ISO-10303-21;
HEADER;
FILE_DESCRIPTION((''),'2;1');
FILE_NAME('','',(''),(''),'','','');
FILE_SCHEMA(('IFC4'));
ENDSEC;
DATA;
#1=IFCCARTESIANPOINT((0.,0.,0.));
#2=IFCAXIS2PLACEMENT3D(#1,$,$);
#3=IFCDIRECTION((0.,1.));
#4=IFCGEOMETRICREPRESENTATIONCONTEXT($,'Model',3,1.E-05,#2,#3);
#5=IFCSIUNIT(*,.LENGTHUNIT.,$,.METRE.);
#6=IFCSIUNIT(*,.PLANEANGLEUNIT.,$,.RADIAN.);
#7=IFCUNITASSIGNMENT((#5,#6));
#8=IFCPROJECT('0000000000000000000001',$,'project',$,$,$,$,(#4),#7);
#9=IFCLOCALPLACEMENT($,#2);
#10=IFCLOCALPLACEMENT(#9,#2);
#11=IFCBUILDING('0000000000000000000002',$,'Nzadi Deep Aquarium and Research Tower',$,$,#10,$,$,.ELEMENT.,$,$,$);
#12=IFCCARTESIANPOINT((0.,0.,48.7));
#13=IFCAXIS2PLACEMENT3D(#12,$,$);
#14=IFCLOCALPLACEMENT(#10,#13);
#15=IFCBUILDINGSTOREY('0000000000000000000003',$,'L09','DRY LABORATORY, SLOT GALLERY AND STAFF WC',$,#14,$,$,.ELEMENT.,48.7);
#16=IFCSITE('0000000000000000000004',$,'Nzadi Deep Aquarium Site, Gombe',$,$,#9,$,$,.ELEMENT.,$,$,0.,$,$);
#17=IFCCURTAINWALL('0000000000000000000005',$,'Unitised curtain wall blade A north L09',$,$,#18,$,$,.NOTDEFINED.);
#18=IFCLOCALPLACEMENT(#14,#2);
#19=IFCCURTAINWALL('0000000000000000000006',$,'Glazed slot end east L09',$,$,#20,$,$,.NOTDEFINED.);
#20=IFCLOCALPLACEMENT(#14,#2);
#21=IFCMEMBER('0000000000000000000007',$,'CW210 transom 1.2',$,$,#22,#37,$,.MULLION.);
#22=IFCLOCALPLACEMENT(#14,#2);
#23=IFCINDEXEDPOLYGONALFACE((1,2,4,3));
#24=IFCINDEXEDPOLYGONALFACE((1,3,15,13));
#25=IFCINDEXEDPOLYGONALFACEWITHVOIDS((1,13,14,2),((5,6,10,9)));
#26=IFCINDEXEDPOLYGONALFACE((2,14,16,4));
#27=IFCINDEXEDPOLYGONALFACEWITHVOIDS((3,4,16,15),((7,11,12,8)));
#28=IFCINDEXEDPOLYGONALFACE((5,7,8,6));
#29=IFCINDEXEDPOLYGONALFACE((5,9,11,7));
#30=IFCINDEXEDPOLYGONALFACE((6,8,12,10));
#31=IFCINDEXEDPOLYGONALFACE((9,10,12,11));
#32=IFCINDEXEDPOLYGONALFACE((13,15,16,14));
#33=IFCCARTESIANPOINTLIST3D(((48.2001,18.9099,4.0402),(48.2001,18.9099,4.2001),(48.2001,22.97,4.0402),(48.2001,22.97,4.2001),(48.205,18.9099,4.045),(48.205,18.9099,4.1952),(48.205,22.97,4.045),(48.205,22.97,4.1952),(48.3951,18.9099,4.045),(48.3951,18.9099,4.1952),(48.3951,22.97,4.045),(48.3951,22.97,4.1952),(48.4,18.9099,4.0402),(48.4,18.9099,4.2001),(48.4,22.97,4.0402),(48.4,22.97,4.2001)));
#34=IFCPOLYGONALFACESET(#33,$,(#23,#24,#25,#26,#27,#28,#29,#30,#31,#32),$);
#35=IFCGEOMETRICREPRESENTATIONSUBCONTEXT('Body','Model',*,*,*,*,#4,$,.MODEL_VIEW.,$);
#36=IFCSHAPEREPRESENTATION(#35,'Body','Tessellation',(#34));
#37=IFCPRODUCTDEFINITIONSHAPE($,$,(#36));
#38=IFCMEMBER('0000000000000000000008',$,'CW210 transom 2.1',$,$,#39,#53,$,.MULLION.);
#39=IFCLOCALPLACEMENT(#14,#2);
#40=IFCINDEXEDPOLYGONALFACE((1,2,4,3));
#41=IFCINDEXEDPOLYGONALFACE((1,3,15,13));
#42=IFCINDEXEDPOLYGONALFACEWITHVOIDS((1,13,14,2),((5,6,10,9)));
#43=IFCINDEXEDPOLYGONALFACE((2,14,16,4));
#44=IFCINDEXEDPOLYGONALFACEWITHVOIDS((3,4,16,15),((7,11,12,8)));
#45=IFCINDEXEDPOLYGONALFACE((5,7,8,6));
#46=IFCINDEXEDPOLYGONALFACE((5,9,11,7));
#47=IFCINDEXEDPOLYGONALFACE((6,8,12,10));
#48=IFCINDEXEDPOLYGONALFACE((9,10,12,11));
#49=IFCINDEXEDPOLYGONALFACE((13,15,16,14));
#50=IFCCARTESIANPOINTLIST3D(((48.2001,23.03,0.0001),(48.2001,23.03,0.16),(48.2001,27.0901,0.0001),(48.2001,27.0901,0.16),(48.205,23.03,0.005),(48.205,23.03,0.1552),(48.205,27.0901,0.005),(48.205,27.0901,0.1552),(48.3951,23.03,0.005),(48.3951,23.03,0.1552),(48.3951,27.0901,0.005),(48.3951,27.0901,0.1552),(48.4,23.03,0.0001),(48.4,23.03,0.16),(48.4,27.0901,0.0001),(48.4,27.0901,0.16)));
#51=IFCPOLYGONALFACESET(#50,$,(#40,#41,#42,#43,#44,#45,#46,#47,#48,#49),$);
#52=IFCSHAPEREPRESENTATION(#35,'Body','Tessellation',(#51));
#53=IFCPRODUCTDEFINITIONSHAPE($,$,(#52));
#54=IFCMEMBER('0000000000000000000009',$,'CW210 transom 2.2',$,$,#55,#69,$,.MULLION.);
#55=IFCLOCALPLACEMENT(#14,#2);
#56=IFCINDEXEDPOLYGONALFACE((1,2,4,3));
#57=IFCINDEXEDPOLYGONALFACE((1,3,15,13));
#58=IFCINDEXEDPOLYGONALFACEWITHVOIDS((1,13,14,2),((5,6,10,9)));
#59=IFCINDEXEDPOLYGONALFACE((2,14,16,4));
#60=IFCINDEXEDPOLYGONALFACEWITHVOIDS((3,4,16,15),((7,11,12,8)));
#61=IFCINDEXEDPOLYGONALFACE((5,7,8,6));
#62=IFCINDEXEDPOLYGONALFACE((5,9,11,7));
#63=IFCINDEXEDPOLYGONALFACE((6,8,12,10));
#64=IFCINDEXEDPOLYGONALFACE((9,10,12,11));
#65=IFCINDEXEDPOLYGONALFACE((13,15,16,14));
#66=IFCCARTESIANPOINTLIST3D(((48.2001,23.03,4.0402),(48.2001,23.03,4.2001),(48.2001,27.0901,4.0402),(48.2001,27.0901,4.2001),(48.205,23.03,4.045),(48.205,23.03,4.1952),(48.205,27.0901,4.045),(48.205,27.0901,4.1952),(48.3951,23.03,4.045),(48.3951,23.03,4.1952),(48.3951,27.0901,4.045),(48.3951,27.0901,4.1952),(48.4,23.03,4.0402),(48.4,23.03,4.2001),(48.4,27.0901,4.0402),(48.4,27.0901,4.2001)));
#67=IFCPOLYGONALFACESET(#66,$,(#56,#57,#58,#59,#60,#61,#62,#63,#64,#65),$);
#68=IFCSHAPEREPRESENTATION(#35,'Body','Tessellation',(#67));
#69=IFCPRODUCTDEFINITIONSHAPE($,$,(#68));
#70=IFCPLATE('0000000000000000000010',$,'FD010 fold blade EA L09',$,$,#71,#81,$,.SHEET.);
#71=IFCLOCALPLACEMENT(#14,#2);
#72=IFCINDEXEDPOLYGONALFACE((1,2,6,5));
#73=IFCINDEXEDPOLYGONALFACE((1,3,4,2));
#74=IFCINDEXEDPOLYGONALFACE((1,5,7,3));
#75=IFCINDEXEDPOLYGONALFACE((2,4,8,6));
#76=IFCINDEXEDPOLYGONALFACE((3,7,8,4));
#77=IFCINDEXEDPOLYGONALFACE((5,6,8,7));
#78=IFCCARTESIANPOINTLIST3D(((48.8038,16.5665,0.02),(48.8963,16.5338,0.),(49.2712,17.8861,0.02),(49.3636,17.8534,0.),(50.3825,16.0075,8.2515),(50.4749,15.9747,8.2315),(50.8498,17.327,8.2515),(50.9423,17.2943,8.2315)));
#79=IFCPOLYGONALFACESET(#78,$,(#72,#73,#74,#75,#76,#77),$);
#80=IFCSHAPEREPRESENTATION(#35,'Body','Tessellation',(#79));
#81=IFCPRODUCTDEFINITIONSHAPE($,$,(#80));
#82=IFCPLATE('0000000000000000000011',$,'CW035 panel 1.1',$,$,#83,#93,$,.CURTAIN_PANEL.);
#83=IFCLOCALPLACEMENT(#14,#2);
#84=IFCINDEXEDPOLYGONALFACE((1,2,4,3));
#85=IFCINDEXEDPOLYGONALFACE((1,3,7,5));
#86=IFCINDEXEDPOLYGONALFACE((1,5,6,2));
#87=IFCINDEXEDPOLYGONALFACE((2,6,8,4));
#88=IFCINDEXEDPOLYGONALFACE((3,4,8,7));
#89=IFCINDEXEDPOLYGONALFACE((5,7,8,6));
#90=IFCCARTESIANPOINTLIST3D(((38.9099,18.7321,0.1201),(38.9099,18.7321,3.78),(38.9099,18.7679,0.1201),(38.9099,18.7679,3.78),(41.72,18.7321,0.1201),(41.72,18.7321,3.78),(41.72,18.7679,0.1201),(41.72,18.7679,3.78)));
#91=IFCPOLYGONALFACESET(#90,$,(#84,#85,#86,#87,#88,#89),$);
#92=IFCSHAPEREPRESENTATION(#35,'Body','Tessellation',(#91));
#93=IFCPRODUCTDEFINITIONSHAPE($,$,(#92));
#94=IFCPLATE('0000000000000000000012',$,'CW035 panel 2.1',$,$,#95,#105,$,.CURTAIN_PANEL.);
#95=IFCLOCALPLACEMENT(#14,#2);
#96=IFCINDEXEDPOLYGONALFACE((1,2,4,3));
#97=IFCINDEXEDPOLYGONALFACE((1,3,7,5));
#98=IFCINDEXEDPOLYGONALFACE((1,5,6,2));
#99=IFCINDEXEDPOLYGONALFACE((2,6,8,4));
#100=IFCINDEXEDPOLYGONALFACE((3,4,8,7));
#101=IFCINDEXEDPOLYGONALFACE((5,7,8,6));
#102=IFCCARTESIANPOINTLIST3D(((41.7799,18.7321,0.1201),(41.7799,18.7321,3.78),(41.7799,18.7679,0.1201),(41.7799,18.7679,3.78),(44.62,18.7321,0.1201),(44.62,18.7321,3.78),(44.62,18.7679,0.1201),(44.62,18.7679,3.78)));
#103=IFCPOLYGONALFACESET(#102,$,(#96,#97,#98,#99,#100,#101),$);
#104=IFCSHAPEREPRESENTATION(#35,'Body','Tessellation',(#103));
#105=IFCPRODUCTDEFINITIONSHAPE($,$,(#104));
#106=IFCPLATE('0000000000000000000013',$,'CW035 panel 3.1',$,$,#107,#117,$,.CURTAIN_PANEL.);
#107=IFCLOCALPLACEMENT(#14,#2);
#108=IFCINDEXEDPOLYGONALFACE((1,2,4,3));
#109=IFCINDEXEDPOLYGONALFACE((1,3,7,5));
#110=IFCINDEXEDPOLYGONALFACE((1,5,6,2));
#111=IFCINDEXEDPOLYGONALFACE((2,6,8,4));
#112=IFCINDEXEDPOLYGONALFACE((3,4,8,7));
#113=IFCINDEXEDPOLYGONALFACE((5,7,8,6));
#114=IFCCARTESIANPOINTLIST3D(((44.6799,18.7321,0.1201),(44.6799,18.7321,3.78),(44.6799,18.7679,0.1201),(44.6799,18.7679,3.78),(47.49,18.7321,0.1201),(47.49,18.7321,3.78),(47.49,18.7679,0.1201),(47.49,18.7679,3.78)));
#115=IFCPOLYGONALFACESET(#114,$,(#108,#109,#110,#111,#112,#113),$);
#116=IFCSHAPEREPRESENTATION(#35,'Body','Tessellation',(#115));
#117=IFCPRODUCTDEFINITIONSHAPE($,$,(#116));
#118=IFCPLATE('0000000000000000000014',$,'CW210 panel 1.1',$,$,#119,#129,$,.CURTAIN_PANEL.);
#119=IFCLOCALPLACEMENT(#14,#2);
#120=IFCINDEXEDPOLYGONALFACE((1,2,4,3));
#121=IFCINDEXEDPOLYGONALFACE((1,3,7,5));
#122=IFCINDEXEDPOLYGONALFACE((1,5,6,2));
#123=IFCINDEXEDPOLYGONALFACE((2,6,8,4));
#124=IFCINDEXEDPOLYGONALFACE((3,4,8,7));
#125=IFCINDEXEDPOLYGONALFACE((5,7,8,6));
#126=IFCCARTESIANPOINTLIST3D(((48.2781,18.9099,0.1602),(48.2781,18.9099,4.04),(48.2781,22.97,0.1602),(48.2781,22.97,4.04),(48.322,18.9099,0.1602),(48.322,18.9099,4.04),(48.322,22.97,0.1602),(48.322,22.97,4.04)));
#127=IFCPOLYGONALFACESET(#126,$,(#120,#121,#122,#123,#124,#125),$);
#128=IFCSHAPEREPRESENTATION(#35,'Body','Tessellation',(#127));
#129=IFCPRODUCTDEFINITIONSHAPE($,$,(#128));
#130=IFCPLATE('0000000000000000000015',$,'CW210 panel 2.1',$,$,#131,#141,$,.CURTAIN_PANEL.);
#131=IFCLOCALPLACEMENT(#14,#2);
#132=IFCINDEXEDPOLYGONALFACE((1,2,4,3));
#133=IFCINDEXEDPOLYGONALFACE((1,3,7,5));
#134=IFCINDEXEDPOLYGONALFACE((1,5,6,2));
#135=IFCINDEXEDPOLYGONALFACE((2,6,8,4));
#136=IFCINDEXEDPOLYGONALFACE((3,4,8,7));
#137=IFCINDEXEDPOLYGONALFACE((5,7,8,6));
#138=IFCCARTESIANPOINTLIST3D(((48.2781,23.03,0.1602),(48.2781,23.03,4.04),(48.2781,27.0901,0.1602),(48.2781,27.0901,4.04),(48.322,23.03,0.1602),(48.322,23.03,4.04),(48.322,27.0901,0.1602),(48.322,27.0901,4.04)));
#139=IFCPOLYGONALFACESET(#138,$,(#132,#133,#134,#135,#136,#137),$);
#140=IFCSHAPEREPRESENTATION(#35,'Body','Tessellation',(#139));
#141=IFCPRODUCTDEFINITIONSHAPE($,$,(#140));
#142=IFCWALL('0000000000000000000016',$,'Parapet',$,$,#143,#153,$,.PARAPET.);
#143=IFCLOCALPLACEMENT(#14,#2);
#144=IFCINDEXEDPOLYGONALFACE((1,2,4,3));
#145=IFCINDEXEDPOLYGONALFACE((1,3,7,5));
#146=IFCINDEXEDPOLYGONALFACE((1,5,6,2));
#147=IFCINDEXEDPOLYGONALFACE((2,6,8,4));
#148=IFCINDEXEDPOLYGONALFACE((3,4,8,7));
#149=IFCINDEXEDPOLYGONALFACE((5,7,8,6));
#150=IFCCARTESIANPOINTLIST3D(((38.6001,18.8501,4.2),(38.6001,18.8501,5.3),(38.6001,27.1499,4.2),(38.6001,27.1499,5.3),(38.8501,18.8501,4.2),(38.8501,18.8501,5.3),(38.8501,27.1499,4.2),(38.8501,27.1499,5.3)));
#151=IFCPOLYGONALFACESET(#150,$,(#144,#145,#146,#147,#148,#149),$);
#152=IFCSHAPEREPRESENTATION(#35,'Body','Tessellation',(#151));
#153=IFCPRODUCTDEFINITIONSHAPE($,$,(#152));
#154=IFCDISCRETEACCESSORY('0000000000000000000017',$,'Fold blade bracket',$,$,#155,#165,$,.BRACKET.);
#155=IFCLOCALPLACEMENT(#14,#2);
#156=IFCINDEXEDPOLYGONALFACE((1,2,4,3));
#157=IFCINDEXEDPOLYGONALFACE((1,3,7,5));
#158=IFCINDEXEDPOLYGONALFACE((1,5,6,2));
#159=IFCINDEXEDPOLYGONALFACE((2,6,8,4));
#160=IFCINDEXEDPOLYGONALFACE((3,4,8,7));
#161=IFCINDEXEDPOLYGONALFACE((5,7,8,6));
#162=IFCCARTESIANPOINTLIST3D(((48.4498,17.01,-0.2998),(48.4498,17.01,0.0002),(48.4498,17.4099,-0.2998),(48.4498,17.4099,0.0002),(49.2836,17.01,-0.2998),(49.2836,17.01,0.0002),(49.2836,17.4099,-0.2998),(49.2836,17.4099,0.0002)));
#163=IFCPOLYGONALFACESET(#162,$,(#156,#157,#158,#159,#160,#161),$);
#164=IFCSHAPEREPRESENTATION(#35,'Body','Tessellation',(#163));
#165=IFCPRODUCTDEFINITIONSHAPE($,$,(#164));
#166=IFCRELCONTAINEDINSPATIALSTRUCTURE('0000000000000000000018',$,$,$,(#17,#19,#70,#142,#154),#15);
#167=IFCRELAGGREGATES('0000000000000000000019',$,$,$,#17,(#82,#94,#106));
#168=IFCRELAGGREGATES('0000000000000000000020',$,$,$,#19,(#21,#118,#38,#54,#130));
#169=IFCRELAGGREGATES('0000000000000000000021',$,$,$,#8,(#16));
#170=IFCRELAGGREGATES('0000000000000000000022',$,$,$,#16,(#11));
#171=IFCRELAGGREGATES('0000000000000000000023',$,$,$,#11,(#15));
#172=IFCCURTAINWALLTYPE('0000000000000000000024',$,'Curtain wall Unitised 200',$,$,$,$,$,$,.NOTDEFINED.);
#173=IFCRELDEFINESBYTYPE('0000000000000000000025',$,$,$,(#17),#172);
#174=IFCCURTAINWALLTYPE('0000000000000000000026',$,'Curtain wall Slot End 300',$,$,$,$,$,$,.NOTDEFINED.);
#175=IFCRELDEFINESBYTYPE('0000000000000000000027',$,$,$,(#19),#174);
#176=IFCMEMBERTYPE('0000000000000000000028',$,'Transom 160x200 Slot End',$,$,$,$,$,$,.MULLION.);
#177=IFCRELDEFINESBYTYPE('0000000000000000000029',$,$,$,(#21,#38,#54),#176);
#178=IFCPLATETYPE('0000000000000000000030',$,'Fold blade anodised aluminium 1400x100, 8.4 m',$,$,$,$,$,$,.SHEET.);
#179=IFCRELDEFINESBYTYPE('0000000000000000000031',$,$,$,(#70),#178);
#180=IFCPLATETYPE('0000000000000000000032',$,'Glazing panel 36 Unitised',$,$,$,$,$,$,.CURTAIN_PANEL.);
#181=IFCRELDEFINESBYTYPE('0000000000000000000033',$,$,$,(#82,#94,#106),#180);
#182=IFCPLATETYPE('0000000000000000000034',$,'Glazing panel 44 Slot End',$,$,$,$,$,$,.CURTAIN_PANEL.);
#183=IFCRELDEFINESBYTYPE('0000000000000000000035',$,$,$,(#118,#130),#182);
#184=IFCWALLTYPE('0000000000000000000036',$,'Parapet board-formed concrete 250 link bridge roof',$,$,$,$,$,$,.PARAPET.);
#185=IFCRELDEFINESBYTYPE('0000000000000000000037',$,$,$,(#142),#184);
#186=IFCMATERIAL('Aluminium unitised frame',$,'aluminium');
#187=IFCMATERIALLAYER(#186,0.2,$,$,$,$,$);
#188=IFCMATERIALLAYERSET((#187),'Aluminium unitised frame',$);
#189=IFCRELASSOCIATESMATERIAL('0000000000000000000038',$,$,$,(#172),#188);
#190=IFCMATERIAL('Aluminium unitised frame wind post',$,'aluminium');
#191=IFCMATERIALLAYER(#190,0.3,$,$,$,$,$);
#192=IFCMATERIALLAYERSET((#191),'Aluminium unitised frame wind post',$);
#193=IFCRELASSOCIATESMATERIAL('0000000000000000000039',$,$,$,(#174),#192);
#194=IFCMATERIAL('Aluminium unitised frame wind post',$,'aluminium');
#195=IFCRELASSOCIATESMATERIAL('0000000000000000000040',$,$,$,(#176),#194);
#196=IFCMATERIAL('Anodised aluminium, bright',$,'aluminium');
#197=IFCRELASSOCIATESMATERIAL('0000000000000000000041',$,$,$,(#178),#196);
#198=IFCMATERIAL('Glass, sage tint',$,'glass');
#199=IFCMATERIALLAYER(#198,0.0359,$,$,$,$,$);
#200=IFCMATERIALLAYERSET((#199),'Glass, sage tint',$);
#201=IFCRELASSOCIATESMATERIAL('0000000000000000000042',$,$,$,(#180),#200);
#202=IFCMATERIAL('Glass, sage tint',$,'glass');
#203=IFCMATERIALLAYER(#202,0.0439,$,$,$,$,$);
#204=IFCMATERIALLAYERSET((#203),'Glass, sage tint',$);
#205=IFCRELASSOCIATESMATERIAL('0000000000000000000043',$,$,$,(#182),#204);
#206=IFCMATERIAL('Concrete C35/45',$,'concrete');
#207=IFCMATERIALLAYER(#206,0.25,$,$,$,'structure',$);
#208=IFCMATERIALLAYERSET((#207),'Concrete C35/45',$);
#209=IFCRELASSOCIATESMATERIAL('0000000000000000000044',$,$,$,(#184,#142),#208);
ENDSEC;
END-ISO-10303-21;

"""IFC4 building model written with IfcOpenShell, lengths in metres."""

from ifc_helpers import new_model, si_unit, direction, frame, frame_2d, origin, origin_2d, place, context, subcontext, project, spatial, rectangle, hollow_rectangle, extrude, material, layer, layer_set, layer_usage, material_profile, profile_set, type_object, element, aggregate, save


model = new_model("IFC4")

# Units and contexts
model_context = context("Model", 3, precision=1e-05, world=origin(), true_north=direction((0.0, 1.0)))
body_context = subcontext(model_context, "Body", "Model", "MODEL_VIEW")
ifc_project = project(units=[si_unit("LENGTHUNIT", "METRE"), si_unit("PLANEANGLEUNIT", "RADIAN")], contexts=[model_context])

# Site, building, storey
site_placement = place(None, origin())
site = spatial("IfcSite", under=ifc_project, at=site_placement, Name="Nzadi Deep Aquarium Site, Gombe", CompositionType="ELEMENT", RefElevation=0.0)
building_placement = place(site_placement, origin())
building = spatial("IfcBuilding", under=site, at=building_placement, Name="Nzadi Deep Aquarium and Research Tower", CompositionType="ELEMENT")
storey_placement = place(building_placement, frame((0.0, 0.0, 48.7)))
storey = spatial("IfcBuildingStorey", under=building, at=storey_placement, Name="L09", Description="DRY LABORATORY, SLOT GALLERY AND STAFF WC", CompositionType="ELEMENT", Elevation=48.7)

# Curtain walls
ifc_material_1 = material(Name="Aluminium unitised frame", Category="aluminium")
ifc_layer_1 = layer(ifc_material_1, 0.2)
ifc_layer_set_1 = layer_set([ifc_layer_1], Name="Aluminium unitised frame")
curtain_wall_type_1 = type_object("IfcCurtainWallType", Name="Curtain wall Unitised 200", PredefinedType="NOTDEFINED", material=ifc_layer_set_1)
curtain_wall_1_placement = place(storey_placement, origin())
curtain_wall_1 = element("IfcCurtainWall", 1, at=curtain_wall_1_placement, inside=storey, type_object=curtain_wall_type_1, Name="Unitised curtain wall blade A north L09", PredefinedType="NOTDEFINED")
ifc_material_2 = material(Name="Aluminium unitised frame wind post", Category="aluminium")
ifc_layer_2 = layer(ifc_material_2, 0.3)
ifc_layer_set_2 = layer_set([ifc_layer_2], Name="Aluminium unitised frame wind post")
curtain_wall_type_2 = type_object("IfcCurtainWallType", Name="Curtain wall Slot End 300", PredefinedType="NOTDEFINED", material=ifc_layer_set_2)
curtain_wall_2_placement = place(storey_placement, origin())
curtain_wall_2 = element("IfcCurtainWall", 2, at=curtain_wall_2_placement, inside=storey, type_object=curtain_wall_type_2, Name="Glazed slot end east L09", PredefinedType="NOTDEFINED")

# Members
ifc_material_3 = material(Name="Aluminium unitised frame wind post", Category="aluminium")
ifc_material_profile_1 = material_profile(ifc_material_3, hollow_rectangle(XDim=0.2, YDim=0.1599, WallThickness=0.0049, at=origin_2d()))
ifc_profile_set_1 = profile_set([ifc_material_profile_1], Name="Aluminium unitised frame wind post")
member_type_1 = type_object("IfcMemberType", Name="Transom 160x200 Slot End", PredefinedType="MULLION", material=ifc_profile_set_1)
member_1_placement = place(storey_placement, frame((48.3, 18.9099, 4.1201), z_axis=(0.0, 1.0, 0.0), x_axis=(-1.0, 0.0, 0.0)))
member_1 = element("IfcMember", 3, at=member_1_placement, type_object=member_type_1, Name="CW210 transom 1.2", PredefinedType="MULLION", context=body_context, shape_type="SweptSolid", body=[
    extrude(hollow_rectangle(XDim=0.2, YDim=0.1599, WallThickness=0.0049, at=origin_2d()), origin(), (0.0, 0.0, 1.0), 4.0601),
])
member_2_placement = place(storey_placement, frame((48.3, 23.03, 0.0801), z_axis=(0.0, 1.0, 0.0), x_axis=(-1.0, 0.0, 0.0)))
member_2 = element("IfcMember", 4, at=member_2_placement, type_object=member_type_1, Name="CW210 transom 2.1", PredefinedType="MULLION", context=body_context, shape_type="SweptSolid", body=[
    extrude(hollow_rectangle(XDim=0.2, YDim=0.1599, WallThickness=0.0049, at=origin_2d()), origin(), (0.0, 0.0, 1.0), 4.0601),
])
member_3_placement = place(storey_placement, frame((48.3, 23.03, 4.1201), z_axis=(0.0, 1.0, 0.0), x_axis=(-1.0, 0.0, 0.0)))
member_3 = element("IfcMember", 5, at=member_3_placement, type_object=member_type_1, Name="CW210 transom 2.2", PredefinedType="MULLION", context=body_context, shape_type="SweptSolid", body=[
    extrude(hollow_rectangle(XDim=0.2, YDim=0.1599, WallThickness=0.0049, at=origin_2d()), origin(), (0.0, 0.0, 1.0), 4.0601),
])

# Plates
ifc_material_4 = material(Name="Anodised aluminium, bright", Category="aluminium")
ifc_material_profile_2 = material_profile(ifc_material_4, rectangle(XDim=1.3999, YDim=0.1001, at=origin_2d()))
ifc_profile_set_2 = profile_set([ifc_material_profile_2], Name="Anodised aluminium, bright")
plate_type_1 = type_object("IfcPlateType", Name="Fold blade anodised aluminium 1400x100, 8.4 m", PredefinedType="SHEET", material=ifc_profile_set_2)
plate_1_placement = place(storey_placement, frame((49.0837, 17.21, 0.01), z_axis=(0.187928, -0.066557, 0.979925), x_axis=(0.333842, 0.942629, 0.0)))
element("IfcPlate", 6, at=plate_1_placement, inside=storey, type_object=plate_type_1, Name="FD010 fold blade EA L09", PredefinedType="SHEET", context=body_context, shape_type="SweptSolid", body=[
    extrude(rectangle(XDim=1.3999, YDim=0.1001, at=origin_2d()), origin(), (0.0, 0.0, 1.0), 8.4001),
])
ifc_material_5 = material(Name="Glass, sage tint", Category="glass")
ifc_layer_3 = layer(ifc_material_5, 0.0359)
ifc_layer_set_3 = layer_set([ifc_layer_3], Name="Glass, sage tint")
plate_type_2 = type_object("IfcPlateType", Name="Glazing panel 36 Unitised", PredefinedType="CURTAIN_PANEL", material=ifc_layer_set_3)
plate_2_placement = place(storey_placement, frame((40.3149, 18.75, 0.1201), z_axis=(0.0, 0.0, 1.0), x_axis=(1.0, 0.0, 0.0)))
plate_2 = element("IfcPlate", 7, at=plate_2_placement, type_object=plate_type_2, Name="CW035 panel 1.1", PredefinedType="CURTAIN_PANEL", context=body_context, shape_type="SweptSolid", body=[
    extrude(rectangle(XDim=2.8101, YDim=0.0359, at=origin_2d()), origin(), (0.0, 0.0, 1.0), 3.6599),
])
plate_3_placement = place(storey_placement, frame((43.2, 18.75, 0.1201), z_axis=(0.0, 0.0, 1.0), x_axis=(1.0, 0.0, 0.0)))
plate_3 = element("IfcPlate", 8, at=plate_3_placement, type_object=plate_type_2, Name="CW035 panel 2.1", PredefinedType="CURTAIN_PANEL", context=body_context, shape_type="SweptSolid", body=[
    extrude(rectangle(XDim=2.8401, YDim=0.0359, at=origin_2d()), origin(), (0.0, 0.0, 1.0), 3.6599),
])
plate_4_placement = place(storey_placement, frame((46.085, 18.75, 0.1201), z_axis=(0.0, 0.0, 1.0), x_axis=(1.0, 0.0, 0.0)))
plate_4 = element("IfcPlate", 9, at=plate_4_placement, type_object=plate_type_2, Name="CW035 panel 3.1", PredefinedType="CURTAIN_PANEL", context=body_context, shape_type="SweptSolid", body=[
    extrude(rectangle(XDim=2.8101, YDim=0.0359, at=origin_2d()), origin(), (0.0, 0.0, 1.0), 3.6599),
])
aggregate(curtain_wall_1, [plate_2, plate_3, plate_4])
ifc_material_6 = material(Name="Glass, sage tint", Category="glass")
ifc_layer_4 = layer(ifc_material_6, 0.0439)
ifc_layer_set_4 = layer_set([ifc_layer_4], Name="Glass, sage tint")
plate_type_3 = type_object("IfcPlateType", Name="Glazing panel 44 Slot End", PredefinedType="CURTAIN_PANEL", material=ifc_layer_set_4)
plate_5_placement = place(storey_placement, frame((48.3, 20.9399, 0.1602), z_axis=(0.0, 0.0, 1.0), x_axis=(0.0, 1.0, 0.0)))
plate_5 = element("IfcPlate", 10, at=plate_5_placement, type_object=plate_type_3, Name="CW210 panel 1.1", PredefinedType="CURTAIN_PANEL", context=body_context, shape_type="SweptSolid", body=[
    extrude(rectangle(XDim=4.0601, YDim=0.0439, at=origin_2d()), origin(), (0.0, 0.0, 1.0), 3.8799),
])
plate_6_placement = place(storey_placement, frame((48.3, 25.0601, 0.1602), z_axis=(0.0, 0.0, 1.0), x_axis=(0.0, 1.0, 0.0)))
plate_6 = element("IfcPlate", 11, at=plate_6_placement, type_object=plate_type_3, Name="CW210 panel 2.1", PredefinedType="CURTAIN_PANEL", context=body_context, shape_type="SweptSolid", body=[
    extrude(rectangle(XDim=4.0601, YDim=0.0439, at=origin_2d()), origin(), (0.0, 0.0, 1.0), 3.8799),
])
aggregate(curtain_wall_2, [member_1, plate_5, member_2, member_3, plate_6])

# Wall
ifc_material_7 = material(Name="Concrete C35/45", Category="concrete")
ifc_layer_5 = layer(ifc_material_7, 0.25, Category="structure")
ifc_layer_set_5 = layer_set([ifc_layer_5], Name="Concrete C35/45")
ifc_layer_usage = layer_usage(ifc_layer_set_5, "AXIS2", "POSITIVE", -0.125)
wall_type = type_object("IfcWallType", Name="Parapet board-formed concrete 250 link bridge roof", PredefinedType="PARAPET", material=ifc_layer_set_5)
wall_placement = place(storey_placement, frame((38.7251, 18.8501, 4.2), z_axis=(0.0, 0.0, 1.0), x_axis=(0.0, 1.0, 0.0)))
element("IfcWall", 12, at=wall_placement, inside=storey, type_object=wall_type, material=ifc_layer_usage, Name="Parapet", PredefinedType="PARAPET", context=body_context, shape_type="SweptSolid", body=[
    extrude(rectangle(XDim=8.2998, YDim=0.25, at=frame_2d((4.1499, 0.0))), origin(), (0.0, 0.0, 1.0), 1.1001),
])

# Discrete accessory
discrete_accessory_placement = place(storey_placement, frame((48.8667, 17.21, -0.2998), z_axis=(0.0, 0.0, 1.0), x_axis=(1.0, 0.0, 0.0)))
element("IfcDiscreteAccessory", 13, at=discrete_accessory_placement, inside=storey, Name="Fold blade bracket", PredefinedType="BRACKET", context=body_context, shape_type="SweptSolid", body=[
    extrude(rectangle(XDim=0.8337, YDim=0.3999, at=origin_2d()), origin(), (0.0, 0.0, 1.0), 0.3),
])

save(model, "model.ifc")
